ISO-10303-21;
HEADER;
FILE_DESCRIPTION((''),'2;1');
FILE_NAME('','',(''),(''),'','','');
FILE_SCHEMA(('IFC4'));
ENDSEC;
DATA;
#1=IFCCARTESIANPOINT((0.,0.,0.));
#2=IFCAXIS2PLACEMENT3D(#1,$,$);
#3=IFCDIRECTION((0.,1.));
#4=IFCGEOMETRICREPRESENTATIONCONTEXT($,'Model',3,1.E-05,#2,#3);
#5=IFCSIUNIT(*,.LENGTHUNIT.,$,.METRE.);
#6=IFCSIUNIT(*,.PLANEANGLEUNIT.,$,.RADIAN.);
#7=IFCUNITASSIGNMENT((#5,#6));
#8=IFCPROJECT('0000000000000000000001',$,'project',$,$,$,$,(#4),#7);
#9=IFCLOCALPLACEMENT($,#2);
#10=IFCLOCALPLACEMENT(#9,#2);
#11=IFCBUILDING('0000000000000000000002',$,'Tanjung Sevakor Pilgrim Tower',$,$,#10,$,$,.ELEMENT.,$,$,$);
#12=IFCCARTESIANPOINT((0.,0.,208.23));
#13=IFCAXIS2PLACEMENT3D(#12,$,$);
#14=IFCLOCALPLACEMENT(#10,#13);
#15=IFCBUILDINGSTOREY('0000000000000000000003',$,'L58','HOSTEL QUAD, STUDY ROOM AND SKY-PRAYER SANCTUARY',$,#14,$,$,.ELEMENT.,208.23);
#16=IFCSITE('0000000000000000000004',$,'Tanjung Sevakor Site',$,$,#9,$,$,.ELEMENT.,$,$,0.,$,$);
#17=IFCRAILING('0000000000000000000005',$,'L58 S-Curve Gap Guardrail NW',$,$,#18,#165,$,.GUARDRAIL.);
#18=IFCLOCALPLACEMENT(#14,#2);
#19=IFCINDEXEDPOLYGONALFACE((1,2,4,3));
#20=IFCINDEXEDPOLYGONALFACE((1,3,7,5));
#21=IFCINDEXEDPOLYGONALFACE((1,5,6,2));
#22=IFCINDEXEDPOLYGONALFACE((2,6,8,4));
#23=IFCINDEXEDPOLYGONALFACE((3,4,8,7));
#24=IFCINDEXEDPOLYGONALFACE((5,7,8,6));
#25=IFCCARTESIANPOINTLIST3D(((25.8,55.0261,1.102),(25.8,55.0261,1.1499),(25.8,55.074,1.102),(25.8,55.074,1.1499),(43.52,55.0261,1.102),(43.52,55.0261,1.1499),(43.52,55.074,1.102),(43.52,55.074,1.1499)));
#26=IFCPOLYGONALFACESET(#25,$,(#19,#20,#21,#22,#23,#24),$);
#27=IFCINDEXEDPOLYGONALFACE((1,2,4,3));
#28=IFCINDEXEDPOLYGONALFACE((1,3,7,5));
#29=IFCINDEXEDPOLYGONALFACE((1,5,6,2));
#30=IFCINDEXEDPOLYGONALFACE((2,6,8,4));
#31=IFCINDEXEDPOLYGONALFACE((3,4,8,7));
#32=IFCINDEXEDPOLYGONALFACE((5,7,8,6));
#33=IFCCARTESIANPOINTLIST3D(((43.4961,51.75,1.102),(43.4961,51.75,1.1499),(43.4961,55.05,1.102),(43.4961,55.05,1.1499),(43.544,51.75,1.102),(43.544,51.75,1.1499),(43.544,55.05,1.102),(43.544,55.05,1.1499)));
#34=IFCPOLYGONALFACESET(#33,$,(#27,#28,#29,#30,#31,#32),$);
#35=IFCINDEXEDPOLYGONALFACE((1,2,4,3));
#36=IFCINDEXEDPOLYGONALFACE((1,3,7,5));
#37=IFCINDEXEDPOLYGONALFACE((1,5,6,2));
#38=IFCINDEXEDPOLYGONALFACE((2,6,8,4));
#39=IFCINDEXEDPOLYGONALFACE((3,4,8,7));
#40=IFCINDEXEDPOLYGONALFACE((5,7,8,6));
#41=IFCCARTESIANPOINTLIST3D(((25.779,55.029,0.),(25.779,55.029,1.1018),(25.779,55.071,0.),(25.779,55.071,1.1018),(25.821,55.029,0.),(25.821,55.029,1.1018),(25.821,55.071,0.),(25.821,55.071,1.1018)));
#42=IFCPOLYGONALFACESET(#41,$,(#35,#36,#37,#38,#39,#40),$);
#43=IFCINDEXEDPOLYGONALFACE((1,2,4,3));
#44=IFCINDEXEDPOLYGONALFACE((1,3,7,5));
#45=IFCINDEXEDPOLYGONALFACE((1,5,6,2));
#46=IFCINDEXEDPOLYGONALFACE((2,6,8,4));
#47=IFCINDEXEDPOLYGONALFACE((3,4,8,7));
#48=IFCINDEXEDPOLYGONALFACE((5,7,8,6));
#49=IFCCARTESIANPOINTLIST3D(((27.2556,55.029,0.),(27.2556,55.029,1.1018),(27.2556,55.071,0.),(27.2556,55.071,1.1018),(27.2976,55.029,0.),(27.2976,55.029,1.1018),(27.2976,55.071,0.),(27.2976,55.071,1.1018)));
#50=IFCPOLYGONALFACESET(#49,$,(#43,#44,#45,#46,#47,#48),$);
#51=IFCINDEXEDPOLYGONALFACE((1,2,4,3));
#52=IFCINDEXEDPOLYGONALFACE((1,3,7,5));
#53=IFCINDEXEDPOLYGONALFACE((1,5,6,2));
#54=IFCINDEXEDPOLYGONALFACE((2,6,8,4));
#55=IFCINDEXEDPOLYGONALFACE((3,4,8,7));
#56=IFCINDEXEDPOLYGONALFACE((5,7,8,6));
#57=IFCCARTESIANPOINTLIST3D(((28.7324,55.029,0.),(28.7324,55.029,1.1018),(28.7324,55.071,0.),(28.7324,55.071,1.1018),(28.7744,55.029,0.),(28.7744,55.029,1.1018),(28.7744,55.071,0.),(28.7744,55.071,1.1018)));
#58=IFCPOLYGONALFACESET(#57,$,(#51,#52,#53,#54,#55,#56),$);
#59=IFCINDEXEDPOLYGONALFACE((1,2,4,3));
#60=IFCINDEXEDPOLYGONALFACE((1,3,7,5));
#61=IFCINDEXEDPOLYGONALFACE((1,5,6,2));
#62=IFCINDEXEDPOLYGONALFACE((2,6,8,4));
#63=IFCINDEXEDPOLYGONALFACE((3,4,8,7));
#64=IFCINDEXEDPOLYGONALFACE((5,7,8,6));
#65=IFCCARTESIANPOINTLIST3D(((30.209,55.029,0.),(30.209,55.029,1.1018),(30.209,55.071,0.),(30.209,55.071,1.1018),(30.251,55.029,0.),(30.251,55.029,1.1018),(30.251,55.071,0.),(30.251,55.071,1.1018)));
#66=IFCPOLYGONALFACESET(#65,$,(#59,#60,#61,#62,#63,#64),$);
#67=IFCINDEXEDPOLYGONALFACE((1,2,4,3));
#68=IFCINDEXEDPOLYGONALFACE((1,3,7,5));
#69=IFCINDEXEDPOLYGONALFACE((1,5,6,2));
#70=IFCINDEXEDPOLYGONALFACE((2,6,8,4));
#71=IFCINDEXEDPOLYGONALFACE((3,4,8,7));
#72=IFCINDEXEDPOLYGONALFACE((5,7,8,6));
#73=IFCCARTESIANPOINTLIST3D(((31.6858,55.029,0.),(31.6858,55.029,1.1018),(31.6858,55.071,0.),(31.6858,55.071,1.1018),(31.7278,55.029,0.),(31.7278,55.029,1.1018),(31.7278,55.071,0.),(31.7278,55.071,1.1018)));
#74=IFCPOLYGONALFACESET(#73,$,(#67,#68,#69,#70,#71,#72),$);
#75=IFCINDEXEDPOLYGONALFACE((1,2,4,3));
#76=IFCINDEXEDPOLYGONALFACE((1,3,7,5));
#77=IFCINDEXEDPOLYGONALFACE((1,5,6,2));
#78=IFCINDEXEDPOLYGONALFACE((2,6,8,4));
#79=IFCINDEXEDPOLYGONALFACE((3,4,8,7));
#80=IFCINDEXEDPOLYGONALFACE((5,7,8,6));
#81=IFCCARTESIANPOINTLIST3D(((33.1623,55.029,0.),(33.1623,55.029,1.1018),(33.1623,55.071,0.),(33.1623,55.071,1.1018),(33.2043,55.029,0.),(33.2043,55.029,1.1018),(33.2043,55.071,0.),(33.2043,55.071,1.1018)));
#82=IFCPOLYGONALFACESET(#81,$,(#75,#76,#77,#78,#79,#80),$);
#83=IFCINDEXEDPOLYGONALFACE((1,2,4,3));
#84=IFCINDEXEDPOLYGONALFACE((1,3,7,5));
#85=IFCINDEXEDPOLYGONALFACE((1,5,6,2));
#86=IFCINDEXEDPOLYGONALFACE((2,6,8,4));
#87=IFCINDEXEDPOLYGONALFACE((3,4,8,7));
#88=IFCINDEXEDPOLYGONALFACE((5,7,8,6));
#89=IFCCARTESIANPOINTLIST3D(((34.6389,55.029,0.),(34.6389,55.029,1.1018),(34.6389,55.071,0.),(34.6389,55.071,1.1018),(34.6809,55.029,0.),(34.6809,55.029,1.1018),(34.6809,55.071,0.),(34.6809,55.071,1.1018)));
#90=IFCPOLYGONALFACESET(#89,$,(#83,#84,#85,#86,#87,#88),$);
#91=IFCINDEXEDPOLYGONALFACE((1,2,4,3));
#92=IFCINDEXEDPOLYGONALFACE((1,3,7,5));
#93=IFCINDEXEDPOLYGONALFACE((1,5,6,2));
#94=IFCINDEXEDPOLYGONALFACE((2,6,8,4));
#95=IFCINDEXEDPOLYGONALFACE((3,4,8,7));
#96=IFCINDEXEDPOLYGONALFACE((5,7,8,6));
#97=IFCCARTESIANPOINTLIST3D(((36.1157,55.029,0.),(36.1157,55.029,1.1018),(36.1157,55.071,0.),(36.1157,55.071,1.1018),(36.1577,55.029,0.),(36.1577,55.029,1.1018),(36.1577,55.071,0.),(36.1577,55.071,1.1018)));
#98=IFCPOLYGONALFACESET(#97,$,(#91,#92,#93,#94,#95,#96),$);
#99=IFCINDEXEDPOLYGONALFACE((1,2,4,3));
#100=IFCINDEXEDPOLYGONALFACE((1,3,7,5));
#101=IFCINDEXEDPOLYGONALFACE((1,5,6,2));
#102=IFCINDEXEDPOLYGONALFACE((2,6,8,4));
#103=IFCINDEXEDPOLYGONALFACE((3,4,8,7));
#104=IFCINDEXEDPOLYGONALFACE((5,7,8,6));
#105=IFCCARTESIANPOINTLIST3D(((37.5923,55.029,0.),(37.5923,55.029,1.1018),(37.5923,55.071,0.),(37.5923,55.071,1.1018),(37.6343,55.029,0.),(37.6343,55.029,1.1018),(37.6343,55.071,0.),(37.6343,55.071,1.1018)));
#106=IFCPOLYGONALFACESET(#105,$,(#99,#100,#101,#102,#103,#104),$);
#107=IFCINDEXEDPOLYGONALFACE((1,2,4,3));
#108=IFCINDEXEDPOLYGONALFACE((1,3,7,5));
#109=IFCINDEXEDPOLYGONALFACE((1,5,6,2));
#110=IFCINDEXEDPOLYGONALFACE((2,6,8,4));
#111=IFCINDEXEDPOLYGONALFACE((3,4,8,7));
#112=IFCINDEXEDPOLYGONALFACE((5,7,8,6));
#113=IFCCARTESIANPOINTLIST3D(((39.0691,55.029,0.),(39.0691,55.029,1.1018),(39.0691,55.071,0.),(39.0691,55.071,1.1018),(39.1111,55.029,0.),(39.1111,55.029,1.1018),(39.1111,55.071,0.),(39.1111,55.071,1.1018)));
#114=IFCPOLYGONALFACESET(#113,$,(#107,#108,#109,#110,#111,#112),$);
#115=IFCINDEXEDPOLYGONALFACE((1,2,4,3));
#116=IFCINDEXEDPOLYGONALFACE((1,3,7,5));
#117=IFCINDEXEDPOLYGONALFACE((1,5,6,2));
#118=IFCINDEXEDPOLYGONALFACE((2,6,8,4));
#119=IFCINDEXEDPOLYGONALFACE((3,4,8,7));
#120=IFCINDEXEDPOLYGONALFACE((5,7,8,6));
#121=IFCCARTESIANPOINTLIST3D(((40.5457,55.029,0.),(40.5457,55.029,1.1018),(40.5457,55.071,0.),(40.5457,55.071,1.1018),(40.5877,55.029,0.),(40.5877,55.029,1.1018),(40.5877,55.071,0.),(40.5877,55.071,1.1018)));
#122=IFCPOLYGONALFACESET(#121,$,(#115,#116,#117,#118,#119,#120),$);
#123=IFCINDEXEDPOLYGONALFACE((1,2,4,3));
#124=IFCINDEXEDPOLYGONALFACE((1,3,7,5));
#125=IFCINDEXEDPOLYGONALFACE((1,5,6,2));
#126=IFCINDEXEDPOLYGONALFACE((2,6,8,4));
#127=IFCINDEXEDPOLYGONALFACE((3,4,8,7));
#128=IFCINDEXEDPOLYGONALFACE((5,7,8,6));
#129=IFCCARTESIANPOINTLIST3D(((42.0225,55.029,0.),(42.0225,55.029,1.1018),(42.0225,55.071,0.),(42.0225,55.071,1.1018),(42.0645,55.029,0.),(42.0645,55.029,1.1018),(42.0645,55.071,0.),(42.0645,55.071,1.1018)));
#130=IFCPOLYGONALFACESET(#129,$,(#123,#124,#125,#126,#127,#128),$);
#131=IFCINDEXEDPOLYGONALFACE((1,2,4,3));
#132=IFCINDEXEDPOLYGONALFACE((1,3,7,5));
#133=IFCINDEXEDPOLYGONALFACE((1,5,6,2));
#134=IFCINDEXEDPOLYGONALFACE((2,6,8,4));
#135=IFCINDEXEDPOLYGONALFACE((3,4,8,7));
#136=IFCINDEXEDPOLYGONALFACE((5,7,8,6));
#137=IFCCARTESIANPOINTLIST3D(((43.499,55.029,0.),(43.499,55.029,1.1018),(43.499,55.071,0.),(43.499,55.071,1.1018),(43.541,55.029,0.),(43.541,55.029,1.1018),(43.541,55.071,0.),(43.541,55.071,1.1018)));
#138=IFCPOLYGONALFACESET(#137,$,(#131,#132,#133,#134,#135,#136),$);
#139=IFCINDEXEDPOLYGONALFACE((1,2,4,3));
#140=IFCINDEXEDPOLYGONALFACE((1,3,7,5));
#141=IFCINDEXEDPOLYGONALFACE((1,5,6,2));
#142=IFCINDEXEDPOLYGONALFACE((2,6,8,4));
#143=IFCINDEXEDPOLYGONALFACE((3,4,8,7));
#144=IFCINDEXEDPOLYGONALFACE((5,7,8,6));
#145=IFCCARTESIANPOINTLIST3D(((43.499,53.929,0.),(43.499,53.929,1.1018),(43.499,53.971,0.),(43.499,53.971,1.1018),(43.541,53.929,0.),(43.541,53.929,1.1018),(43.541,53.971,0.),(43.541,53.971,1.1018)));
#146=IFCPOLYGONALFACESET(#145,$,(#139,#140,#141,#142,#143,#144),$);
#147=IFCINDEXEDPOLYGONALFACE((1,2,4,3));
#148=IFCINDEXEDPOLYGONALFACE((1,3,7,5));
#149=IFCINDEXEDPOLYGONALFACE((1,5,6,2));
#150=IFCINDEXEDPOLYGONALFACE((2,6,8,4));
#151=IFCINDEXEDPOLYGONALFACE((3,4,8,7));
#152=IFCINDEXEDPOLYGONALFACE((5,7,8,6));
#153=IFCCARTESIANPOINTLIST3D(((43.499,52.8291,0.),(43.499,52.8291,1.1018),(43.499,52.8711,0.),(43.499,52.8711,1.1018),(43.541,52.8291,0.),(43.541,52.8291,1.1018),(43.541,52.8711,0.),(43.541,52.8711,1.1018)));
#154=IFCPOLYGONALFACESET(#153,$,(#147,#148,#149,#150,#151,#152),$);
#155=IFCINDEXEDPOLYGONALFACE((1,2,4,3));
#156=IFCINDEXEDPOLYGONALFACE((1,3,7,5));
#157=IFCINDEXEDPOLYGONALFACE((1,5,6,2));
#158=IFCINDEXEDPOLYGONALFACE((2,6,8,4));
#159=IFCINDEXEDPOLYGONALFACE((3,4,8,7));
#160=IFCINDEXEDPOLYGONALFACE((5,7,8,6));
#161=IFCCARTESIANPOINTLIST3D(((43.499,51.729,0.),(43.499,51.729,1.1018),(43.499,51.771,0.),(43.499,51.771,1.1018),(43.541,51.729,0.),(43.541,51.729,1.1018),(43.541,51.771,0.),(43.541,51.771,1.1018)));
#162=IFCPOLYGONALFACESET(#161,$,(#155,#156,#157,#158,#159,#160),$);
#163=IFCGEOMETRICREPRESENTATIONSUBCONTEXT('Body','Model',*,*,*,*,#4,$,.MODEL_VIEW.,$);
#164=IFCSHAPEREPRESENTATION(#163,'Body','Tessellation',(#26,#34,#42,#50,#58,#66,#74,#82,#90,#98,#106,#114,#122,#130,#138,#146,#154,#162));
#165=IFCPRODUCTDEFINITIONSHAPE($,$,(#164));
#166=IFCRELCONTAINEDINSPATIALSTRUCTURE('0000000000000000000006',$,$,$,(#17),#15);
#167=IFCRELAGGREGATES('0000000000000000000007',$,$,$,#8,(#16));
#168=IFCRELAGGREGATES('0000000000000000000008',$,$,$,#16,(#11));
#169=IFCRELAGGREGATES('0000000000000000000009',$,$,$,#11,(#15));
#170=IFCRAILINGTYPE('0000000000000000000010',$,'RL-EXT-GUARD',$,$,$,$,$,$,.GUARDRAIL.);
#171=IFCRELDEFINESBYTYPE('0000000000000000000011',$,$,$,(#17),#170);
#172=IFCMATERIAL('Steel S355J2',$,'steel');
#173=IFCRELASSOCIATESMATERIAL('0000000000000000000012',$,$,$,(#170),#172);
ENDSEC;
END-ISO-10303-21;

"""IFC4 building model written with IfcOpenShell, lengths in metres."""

from ifc_helpers import new_model, si_unit, direction, frame, origin, place, context, subcontext, project, spatial, rectangle, extrude, material, type_object, element, save


model = new_model("IFC4")

# Units and contexts
model_context = context("Model", 3, precision=1e-05, world=origin(), true_north=direction((0.0, 1.0)))
body_context = subcontext(model_context, "Body", "Model", "MODEL_VIEW")
ifc_project = project(units=[si_unit("LENGTHUNIT", "METRE"), si_unit("PLANEANGLEUNIT", "RADIAN")], contexts=[model_context])

# Site, building, storey
site_placement = place(None, origin())
site = spatial("IfcSite", under=ifc_project, at=site_placement, Name="Tanjung Sevakor Site", CompositionType="ELEMENT", RefElevation=0.0)
building_placement = place(site_placement, origin())
building = spatial("IfcBuilding", under=site, at=building_placement, Name="Tanjung Sevakor Pilgrim Tower", CompositionType="ELEMENT")
storey_placement = place(building_placement, frame((0.0, 0.0, 208.23)))
storey = spatial("IfcBuildingStorey", under=building, at=storey_placement, Name="L58", Description="HOSTEL QUAD, STUDY ROOM AND SKY-PRAYER SANCTUARY", CompositionType="ELEMENT", Elevation=208.23)

# Railing
ifc_material_1 = material(Name="Steel S355J2", Category="steel")
railing_type_1 = type_object("IfcRailingType", Name="RL-EXT-GUARD", PredefinedType="GUARDRAIL", material=ifc_material_1)
railing_1_placement = place(storey_placement, frame((25.8, 55.05, 0.0)))
element("IfcRailing", 1, at=railing_1_placement, inside=storey, type_object=railing_type_1, Name="L58 S-Curve Gap Guardrail NW", PredefinedType="GUARDRAIL", context=body_context, shape_type="SweptSolid", body=[
    extrude(rectangle(XDim=0.0479, YDim=0.0479), frame((0.0, 0.0, 1.126), z_axis=(1.0, 0.0, 0.0), x_axis=(0.0, 1.0, 0.0)), (0.0, 0.0, 1.0), 17.72),
    extrude(rectangle(XDim=0.0479, YDim=0.0479), frame((17.72, 0.0, 1.126), z_axis=(0.0, -1.0, 0.0), x_axis=(1.0, 0.0, 0.0)), (0.0, 0.0, 1.0), 3.3),
    extrude(rectangle(XDim=0.042, YDim=0.042), origin(), (0.0, 0.0, 1.0), 1.1018),
    extrude(rectangle(XDim=0.042, YDim=0.042), frame((1.4766, 0.0, 0.0)), (0.0, 0.0, 1.0), 1.1018),
    extrude(rectangle(XDim=0.042, YDim=0.042), frame((2.9534, 0.0, 0.0)), (0.0, 0.0, 1.0), 1.1018),
    extrude(rectangle(XDim=0.042, YDim=0.042), frame((4.4299, 0.0, 0.0)), (0.0, 0.0, 1.0), 1.1018),
    extrude(rectangle(XDim=0.042, YDim=0.042), frame((5.9067, 0.0, 0.0)), (0.0, 0.0, 1.0), 1.1018),
    extrude(rectangle(XDim=0.042, YDim=0.042), frame((7.3833, 0.0, 0.0)), (0.0, 0.0, 1.0), 1.1018),
    extrude(rectangle(XDim=0.042, YDim=0.042), frame((8.8599, 0.0, 0.0)), (0.0, 0.0, 1.0), 1.1018),
    extrude(rectangle(XDim=0.042, YDim=0.042), frame((10.3367, 0.0, 0.0)), (0.0, 0.0, 1.0), 1.1018),
    extrude(rectangle(XDim=0.042, YDim=0.042), frame((11.8132, 0.0, 0.0)), (0.0, 0.0, 1.0), 1.1018),
    extrude(rectangle(XDim=0.042, YDim=0.042), frame((13.29, 0.0, 0.0)), (0.0, 0.0, 1.0), 1.1018),
    extrude(rectangle(XDim=0.042, YDim=0.042), frame((14.7666, 0.0, 0.0)), (0.0, 0.0, 1.0), 1.1018),
    extrude(rectangle(XDim=0.042, YDim=0.042), frame((16.2434, 0.0, 0.0)), (0.0, 0.0, 1.0), 1.1018),
    extrude(rectangle(XDim=0.042, YDim=0.042), frame((17.72, 0.0, 0.0)), (0.0, 0.0, 1.0), 1.1018),
    extrude(rectangle(XDim=0.042, YDim=0.042), frame((17.72, -1.1001, 0.0)), (0.0, 0.0, 1.0), 1.1018),
    extrude(rectangle(XDim=0.042, YDim=0.042), frame((17.72, -2.2, 0.0)), (0.0, 0.0, 1.0), 1.1018),
    extrude(rectangle(XDim=0.042, YDim=0.042), frame((17.72, -3.3, 0.0)), (0.0, 0.0, 1.0), 1.1018),
])

save(model, "model.ifc")
